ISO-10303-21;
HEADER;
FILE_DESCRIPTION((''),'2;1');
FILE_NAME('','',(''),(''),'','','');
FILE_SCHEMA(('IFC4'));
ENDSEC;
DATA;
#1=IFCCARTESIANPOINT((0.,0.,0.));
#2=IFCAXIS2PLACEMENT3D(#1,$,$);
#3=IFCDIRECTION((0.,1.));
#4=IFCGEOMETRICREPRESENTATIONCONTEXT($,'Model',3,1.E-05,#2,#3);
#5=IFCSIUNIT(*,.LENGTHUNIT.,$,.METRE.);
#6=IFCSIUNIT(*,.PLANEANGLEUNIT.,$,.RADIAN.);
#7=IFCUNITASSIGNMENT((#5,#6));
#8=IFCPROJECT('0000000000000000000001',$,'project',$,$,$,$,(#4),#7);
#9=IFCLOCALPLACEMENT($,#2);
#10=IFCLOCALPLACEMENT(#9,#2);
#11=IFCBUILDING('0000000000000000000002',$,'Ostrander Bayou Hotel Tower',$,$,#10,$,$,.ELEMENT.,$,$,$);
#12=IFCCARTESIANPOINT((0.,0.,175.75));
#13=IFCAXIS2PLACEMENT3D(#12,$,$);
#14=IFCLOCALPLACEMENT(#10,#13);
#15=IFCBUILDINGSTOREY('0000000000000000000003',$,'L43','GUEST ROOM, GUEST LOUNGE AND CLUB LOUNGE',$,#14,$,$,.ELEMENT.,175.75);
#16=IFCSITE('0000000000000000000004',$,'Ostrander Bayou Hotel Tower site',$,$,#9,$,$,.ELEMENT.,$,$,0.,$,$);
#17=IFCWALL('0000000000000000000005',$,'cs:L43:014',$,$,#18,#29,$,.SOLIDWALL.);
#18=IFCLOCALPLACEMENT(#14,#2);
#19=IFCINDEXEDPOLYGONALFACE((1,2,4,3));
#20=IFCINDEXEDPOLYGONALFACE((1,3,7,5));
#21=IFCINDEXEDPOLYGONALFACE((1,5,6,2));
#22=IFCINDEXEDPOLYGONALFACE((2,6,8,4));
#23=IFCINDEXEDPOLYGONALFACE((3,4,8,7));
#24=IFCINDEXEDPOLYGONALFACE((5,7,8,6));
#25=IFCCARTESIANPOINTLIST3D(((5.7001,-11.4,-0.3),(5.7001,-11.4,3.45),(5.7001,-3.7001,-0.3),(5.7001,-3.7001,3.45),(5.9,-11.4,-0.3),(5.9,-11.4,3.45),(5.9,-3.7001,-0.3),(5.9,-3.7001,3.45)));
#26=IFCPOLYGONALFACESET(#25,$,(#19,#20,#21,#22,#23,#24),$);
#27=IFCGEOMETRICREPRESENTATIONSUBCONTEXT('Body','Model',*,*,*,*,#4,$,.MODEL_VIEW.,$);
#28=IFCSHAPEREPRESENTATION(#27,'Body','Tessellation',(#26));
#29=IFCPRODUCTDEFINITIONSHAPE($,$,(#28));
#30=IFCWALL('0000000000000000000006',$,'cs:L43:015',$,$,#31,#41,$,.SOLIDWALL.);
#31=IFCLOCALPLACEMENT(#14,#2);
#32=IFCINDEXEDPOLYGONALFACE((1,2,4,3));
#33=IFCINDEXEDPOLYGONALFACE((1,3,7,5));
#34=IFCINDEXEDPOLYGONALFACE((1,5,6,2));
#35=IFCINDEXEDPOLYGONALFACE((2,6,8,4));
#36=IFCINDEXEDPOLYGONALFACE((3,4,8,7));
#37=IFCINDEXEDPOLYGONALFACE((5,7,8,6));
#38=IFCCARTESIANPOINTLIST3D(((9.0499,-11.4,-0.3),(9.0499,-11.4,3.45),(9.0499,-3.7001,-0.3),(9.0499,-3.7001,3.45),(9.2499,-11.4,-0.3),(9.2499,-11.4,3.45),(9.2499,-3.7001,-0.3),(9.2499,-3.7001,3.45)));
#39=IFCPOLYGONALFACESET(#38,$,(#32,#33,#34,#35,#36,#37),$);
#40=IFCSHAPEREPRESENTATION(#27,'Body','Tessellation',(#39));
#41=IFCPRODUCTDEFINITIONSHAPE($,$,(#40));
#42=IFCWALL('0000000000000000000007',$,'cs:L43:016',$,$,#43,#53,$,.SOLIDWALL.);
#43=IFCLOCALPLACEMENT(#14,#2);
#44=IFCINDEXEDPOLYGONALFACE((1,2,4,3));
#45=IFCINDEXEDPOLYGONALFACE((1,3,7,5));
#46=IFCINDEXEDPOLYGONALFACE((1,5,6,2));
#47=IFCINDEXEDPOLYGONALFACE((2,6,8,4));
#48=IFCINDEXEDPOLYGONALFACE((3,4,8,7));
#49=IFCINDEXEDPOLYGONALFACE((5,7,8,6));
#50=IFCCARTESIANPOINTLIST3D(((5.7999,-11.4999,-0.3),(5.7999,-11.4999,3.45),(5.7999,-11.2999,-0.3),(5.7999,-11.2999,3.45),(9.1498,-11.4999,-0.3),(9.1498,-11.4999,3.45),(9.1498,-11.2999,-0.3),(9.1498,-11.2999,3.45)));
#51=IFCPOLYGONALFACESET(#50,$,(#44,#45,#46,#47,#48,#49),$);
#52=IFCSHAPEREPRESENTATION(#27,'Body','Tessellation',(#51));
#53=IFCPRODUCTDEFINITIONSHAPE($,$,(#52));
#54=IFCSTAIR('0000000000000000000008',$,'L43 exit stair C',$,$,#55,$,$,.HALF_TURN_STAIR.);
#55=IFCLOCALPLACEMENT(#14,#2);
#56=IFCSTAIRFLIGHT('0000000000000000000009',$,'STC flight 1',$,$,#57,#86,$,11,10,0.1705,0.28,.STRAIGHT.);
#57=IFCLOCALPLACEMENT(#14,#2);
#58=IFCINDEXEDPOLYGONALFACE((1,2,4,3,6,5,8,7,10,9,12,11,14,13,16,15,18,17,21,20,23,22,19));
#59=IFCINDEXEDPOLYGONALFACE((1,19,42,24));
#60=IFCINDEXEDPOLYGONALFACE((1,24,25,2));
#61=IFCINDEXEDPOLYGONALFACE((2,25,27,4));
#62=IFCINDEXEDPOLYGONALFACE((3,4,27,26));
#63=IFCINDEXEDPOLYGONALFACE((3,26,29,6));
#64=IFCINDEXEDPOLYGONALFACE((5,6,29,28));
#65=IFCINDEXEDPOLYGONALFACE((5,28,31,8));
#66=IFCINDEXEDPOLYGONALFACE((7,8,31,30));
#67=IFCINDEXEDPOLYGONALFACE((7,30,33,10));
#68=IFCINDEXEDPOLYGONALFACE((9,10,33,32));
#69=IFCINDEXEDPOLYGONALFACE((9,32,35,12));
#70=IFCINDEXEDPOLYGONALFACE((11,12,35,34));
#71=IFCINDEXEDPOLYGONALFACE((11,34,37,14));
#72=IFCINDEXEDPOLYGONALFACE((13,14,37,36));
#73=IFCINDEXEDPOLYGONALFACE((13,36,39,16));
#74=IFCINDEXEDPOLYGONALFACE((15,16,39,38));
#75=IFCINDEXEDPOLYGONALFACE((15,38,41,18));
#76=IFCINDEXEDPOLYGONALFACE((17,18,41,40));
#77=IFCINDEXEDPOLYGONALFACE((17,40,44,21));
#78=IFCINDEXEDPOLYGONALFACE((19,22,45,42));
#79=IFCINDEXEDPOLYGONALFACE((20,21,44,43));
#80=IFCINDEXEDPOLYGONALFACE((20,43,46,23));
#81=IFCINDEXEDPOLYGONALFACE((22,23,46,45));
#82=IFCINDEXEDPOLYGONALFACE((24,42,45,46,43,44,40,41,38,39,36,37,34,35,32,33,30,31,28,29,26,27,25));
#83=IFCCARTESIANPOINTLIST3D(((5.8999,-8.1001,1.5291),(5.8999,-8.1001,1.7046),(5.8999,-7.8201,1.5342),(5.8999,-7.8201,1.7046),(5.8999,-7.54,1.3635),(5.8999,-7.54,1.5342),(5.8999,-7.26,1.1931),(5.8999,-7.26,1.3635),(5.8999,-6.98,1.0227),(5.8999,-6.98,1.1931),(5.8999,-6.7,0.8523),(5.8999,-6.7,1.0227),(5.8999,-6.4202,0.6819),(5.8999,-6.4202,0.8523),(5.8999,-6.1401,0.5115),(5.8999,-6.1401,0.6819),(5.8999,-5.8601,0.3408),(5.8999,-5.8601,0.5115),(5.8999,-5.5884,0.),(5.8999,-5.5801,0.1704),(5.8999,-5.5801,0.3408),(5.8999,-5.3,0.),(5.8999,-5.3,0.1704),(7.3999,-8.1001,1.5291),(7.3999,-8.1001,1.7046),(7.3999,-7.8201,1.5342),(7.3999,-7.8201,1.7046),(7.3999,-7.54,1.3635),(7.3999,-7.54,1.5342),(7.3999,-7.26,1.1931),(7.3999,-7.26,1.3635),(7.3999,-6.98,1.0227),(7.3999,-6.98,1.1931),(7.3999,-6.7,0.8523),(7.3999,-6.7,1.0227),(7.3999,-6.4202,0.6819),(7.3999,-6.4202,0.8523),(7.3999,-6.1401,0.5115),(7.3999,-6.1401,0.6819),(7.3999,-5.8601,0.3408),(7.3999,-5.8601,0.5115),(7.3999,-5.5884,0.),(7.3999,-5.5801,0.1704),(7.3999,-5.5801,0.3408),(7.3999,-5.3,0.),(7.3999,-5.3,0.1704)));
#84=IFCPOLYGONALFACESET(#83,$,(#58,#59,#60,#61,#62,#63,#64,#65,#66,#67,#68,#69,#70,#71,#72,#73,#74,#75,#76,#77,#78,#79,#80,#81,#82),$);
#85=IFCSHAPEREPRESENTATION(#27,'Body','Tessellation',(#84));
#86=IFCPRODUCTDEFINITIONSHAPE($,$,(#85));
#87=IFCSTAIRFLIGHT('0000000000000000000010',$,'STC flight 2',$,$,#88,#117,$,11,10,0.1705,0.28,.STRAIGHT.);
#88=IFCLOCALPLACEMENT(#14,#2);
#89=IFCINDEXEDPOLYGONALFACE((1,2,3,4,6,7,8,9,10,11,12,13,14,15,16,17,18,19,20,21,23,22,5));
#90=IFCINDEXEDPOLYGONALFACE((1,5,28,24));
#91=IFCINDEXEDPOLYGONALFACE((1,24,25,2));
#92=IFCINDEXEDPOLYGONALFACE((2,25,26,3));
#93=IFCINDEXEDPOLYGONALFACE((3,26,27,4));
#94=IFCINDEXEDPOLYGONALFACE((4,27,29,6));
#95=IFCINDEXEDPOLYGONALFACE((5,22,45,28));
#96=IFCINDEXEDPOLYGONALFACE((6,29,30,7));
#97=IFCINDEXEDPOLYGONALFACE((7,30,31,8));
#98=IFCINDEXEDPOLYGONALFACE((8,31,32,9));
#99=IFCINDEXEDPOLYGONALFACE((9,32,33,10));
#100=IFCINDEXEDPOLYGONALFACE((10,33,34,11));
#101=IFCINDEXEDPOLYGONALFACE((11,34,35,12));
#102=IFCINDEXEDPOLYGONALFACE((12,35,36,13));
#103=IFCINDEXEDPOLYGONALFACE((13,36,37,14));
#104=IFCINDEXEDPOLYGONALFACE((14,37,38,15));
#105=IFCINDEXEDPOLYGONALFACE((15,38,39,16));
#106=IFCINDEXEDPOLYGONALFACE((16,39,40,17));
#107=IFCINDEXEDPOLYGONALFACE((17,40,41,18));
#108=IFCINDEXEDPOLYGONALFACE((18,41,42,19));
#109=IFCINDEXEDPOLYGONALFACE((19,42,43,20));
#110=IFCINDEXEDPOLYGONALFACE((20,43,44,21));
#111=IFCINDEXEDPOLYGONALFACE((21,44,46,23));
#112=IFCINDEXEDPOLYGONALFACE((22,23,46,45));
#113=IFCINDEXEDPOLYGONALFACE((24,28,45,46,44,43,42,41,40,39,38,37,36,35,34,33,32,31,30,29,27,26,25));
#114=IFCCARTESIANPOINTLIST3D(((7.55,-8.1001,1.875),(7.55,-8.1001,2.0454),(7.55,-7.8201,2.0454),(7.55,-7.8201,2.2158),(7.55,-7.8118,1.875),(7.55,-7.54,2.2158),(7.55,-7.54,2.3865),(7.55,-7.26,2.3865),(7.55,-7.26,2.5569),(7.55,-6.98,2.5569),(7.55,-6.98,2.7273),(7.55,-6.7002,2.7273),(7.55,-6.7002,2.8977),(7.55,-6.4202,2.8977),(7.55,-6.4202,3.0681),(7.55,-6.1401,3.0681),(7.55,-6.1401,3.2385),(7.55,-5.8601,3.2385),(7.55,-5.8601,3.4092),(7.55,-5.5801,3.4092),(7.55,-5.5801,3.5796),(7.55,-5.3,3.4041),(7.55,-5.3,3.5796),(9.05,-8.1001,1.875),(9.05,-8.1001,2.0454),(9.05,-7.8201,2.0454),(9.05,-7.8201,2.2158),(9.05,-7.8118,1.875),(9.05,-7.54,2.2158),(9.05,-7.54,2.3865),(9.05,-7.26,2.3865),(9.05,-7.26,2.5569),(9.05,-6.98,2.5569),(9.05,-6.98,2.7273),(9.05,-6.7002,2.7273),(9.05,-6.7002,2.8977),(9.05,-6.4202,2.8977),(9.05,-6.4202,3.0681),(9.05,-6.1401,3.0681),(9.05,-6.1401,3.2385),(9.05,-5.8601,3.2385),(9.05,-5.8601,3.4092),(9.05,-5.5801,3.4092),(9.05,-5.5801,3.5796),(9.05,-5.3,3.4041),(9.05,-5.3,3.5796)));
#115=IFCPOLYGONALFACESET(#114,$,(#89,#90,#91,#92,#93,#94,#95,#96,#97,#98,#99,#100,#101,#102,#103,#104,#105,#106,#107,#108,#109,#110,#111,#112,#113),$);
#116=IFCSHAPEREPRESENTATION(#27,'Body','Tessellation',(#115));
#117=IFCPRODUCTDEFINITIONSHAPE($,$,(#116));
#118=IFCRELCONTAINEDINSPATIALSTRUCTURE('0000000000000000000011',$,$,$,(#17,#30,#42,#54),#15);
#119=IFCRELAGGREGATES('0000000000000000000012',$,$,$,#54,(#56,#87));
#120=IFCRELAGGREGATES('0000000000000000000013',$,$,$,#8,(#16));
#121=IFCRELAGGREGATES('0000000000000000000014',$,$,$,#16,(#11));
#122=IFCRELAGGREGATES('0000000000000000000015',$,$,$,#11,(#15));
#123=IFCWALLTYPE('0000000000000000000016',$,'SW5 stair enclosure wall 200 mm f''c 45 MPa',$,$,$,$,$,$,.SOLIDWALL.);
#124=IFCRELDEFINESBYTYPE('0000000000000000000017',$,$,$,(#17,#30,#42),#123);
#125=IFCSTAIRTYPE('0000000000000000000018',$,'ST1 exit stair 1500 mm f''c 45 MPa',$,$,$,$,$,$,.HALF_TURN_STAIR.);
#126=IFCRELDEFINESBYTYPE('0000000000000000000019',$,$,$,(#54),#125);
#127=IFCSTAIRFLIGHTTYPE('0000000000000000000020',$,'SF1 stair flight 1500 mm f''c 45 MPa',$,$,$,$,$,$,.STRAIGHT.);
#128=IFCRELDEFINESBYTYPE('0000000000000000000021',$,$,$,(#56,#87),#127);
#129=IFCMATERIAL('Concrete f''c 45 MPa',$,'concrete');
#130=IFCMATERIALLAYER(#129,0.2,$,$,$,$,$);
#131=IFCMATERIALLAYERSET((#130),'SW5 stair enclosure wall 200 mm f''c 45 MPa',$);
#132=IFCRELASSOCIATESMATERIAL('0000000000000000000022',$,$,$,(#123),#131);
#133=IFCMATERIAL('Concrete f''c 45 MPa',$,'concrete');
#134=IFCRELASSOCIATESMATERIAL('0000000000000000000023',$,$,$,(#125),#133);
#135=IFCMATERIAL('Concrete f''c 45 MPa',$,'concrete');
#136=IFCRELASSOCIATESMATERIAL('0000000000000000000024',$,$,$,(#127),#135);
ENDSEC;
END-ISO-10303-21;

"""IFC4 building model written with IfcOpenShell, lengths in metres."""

from ifc_helpers import new_model, si_unit, direction, frame, frame_2d, origin, place, context, subcontext, project, spatial, polyline, rectangle, outline, extrude, material, layer, layer_set, type_object, element, aggregate, save


model = new_model("IFC4")

# Units and contexts
model_context = context("Model", 3, precision=1e-05, world=origin(), true_north=direction((0.0, 1.0)))
body_context = subcontext(model_context, "Body", "Model", "MODEL_VIEW")
ifc_project = project(units=[si_unit("LENGTHUNIT", "METRE"), si_unit("PLANEANGLEUNIT", "RADIAN")], contexts=[model_context])

# Site, building, storey
site_placement = place(None, origin())
site = spatial("IfcSite", under=ifc_project, at=site_placement, Name="Ostrander Bayou Hotel Tower site", CompositionType="ELEMENT", RefElevation=0.0)
building_placement = place(site_placement, origin())
building = spatial("IfcBuilding", under=site, at=building_placement, Name="Ostrander Bayou Hotel Tower", CompositionType="ELEMENT")
storey_placement = place(building_placement, frame((0.0, 0.0, 175.75)))
storey = spatial("IfcBuildingStorey", under=building, at=storey_placement, Name="L43", Description="GUEST ROOM, GUEST LOUNGE AND CLUB LOUNGE", CompositionType="ELEMENT", Elevation=175.75)

# Shared definitions
ifc_material_1 = material(Name="Concrete f'c 45 MPa", Category="concrete")
ifc_layer_1 = layer(ifc_material_1, 0.2)
ifc_layer_set_1 = layer_set([ifc_layer_1], Name="SW5 stair enclosure wall 200 mm f'c 45 MPa")
wall_type_1 = type_object("IfcWallType", Name="SW5 stair enclosure wall 200 mm f'c 45 MPa", PredefinedType="SOLIDWALL", material=ifc_layer_set_1)

# Walls
for number, where, z_axis, x_axis, name in (
    (1, (5.8, -3.7, -0.3), (0.0, 0.0, 1.0), (0.0, -1.0, 0.0), "cs:L43:014"),
    (2, (9.1499, -3.7, -0.3), (0.0, 0.0, 1.0), (0.0, -1.0, 0.0), "cs:L43:015"),
):
    element("IfcWall", number, at=place(storey_placement, frame(where, z_axis=z_axis, x_axis=x_axis)), inside=storey, type_object=wall_type_1, Name=name, PredefinedType="SOLIDWALL", context=body_context, shape_type="SweptSolid", body=[
        extrude(rectangle(XDim=7.7, YDim=0.2, at=frame_2d((3.8501, 0.0))), origin(), (0.0, 0.0, 1.0), 3.75),
    ])
wall_1_placement = place(storey_placement, frame((5.8, -11.3999, -0.3), z_axis=(0.0, 0.0, 1.0), x_axis=(1.0, 0.0, 0.0)))
element("IfcWall", 3, at=wall_1_placement, inside=storey, type_object=wall_type_1, Name="cs:L43:016", PredefinedType="SOLIDWALL", context=body_context, shape_type="SweptSolid", body=[
    extrude(rectangle(XDim=3.3499, YDim=0.2, at=frame_2d((1.6748, 0.0))), origin(), (0.0, 0.0, 1.0), 3.75),
])

# Stair, stair flights
ifc_material_2 = material(Name="Concrete f'c 45 MPa", Category="concrete")
stair_type = type_object("IfcStairType", Name="ST1 exit stair 1500 mm f'c 45 MPa", PredefinedType="HALF_TURN_STAIR", material=ifc_material_2)
stair_placement = place(storey_placement, origin())
stair = element("IfcStair", 4, at=stair_placement, inside=storey, type_object=stair_type, Name="L43 exit stair C", PredefinedType="HALF_TURN_STAIR")
ifc_material_3 = material(Name="Concrete f'c 45 MPa", Category="concrete")
stair_flight_type = type_object("IfcStairFlightType", Name="SF1 stair flight 1500 mm f'c 45 MPa", PredefinedType="STRAIGHT", material=ifc_material_3)
stair_flight_1_placement = place(storey_placement, frame((6.6499, -5.3, 0.0), z_axis=(0.0, 0.0, 1.0), x_axis=(0.0, -1.0, 0.0)))
stair_flight_1 = element("IfcStairFlight", 5, at=stair_flight_1_placement, type_object=stair_flight_type, Name="STC flight 1", NumberOfRisers=11, NumberOfTreads=10, PredefinedType="STRAIGHT", RiserHeight=0.1705, TreadLength=0.28, context=body_context, shape_type="SweptSolid", body=[
    extrude(outline(polyline([(0.0, 0.0), (0.0, 0.1704), (0.28, 0.1704), (0.28, 0.3408), (0.5601, 0.3408), (0.5601, 0.5115), (0.8401, 0.5115), (0.8401, 0.6819), (1.1201, 0.6819), (1.1201, 0.8523), (1.3999, 0.8523), (1.3999, 1.0227), (1.6799, 1.0227), (1.6799, 1.1931), (1.96, 1.1931), (1.96, 1.3635), (2.24, 1.3635), (2.24, 1.5342), (2.52, 1.5342), (2.52, 1.7046), (2.8, 1.7046), (2.8, 1.875), (2.8, 1.5291), (0.2883, 0.0), (0.0, 0.0)])), frame((0.0, 0.75, 0.0), z_axis=(0.0, -1.0, 0.0), x_axis=(1.0, 0.0, 0.0)), (0.0, 0.0, 1.0), 1.5),
])
stair_flight_2_placement = place(storey_placement, frame((8.3, -8.1001, 1.875), z_axis=(0.0, 0.0, 1.0), x_axis=(0.0, 1.0, 0.0)))
stair_flight_2 = element("IfcStairFlight", 6, at=stair_flight_2_placement, type_object=stair_flight_type, Name="STC flight 2", NumberOfRisers=11, NumberOfTreads=10, PredefinedType="STRAIGHT", RiserHeight=0.1705, TreadLength=0.28, context=body_context, shape_type="SweptSolid", body=[
    extrude(outline(polyline([(0.0, 0.0), (0.0, 0.1704), (0.28, 0.1704), (0.28, 0.3408), (0.5601, 0.3408), (0.5601, 0.5115), (0.8401, 0.5115), (0.8401, 0.6819), (1.1201, 0.6819), (1.1201, 0.8523), (1.3999, 0.8523), (1.3999, 1.0227), (1.6799, 1.0227), (1.6799, 1.1931), (1.96, 1.1931), (1.96, 1.3635), (2.24, 1.3635), (2.24, 1.5342), (2.52, 1.5342), (2.52, 1.7046), (2.8, 1.7046), (2.8, 1.875), (2.8, 1.5291), (0.2883, 0.0), (0.0, 0.0)])), frame((0.0, 0.75, 0.0), z_axis=(0.0, -1.0, 0.0), x_axis=(1.0, 0.0, 0.0)), (0.0, 0.0, 1.0), 1.5),
])
aggregate(stair, [stair_flight_1, stair_flight_2])

save(model, "model.ifc")
